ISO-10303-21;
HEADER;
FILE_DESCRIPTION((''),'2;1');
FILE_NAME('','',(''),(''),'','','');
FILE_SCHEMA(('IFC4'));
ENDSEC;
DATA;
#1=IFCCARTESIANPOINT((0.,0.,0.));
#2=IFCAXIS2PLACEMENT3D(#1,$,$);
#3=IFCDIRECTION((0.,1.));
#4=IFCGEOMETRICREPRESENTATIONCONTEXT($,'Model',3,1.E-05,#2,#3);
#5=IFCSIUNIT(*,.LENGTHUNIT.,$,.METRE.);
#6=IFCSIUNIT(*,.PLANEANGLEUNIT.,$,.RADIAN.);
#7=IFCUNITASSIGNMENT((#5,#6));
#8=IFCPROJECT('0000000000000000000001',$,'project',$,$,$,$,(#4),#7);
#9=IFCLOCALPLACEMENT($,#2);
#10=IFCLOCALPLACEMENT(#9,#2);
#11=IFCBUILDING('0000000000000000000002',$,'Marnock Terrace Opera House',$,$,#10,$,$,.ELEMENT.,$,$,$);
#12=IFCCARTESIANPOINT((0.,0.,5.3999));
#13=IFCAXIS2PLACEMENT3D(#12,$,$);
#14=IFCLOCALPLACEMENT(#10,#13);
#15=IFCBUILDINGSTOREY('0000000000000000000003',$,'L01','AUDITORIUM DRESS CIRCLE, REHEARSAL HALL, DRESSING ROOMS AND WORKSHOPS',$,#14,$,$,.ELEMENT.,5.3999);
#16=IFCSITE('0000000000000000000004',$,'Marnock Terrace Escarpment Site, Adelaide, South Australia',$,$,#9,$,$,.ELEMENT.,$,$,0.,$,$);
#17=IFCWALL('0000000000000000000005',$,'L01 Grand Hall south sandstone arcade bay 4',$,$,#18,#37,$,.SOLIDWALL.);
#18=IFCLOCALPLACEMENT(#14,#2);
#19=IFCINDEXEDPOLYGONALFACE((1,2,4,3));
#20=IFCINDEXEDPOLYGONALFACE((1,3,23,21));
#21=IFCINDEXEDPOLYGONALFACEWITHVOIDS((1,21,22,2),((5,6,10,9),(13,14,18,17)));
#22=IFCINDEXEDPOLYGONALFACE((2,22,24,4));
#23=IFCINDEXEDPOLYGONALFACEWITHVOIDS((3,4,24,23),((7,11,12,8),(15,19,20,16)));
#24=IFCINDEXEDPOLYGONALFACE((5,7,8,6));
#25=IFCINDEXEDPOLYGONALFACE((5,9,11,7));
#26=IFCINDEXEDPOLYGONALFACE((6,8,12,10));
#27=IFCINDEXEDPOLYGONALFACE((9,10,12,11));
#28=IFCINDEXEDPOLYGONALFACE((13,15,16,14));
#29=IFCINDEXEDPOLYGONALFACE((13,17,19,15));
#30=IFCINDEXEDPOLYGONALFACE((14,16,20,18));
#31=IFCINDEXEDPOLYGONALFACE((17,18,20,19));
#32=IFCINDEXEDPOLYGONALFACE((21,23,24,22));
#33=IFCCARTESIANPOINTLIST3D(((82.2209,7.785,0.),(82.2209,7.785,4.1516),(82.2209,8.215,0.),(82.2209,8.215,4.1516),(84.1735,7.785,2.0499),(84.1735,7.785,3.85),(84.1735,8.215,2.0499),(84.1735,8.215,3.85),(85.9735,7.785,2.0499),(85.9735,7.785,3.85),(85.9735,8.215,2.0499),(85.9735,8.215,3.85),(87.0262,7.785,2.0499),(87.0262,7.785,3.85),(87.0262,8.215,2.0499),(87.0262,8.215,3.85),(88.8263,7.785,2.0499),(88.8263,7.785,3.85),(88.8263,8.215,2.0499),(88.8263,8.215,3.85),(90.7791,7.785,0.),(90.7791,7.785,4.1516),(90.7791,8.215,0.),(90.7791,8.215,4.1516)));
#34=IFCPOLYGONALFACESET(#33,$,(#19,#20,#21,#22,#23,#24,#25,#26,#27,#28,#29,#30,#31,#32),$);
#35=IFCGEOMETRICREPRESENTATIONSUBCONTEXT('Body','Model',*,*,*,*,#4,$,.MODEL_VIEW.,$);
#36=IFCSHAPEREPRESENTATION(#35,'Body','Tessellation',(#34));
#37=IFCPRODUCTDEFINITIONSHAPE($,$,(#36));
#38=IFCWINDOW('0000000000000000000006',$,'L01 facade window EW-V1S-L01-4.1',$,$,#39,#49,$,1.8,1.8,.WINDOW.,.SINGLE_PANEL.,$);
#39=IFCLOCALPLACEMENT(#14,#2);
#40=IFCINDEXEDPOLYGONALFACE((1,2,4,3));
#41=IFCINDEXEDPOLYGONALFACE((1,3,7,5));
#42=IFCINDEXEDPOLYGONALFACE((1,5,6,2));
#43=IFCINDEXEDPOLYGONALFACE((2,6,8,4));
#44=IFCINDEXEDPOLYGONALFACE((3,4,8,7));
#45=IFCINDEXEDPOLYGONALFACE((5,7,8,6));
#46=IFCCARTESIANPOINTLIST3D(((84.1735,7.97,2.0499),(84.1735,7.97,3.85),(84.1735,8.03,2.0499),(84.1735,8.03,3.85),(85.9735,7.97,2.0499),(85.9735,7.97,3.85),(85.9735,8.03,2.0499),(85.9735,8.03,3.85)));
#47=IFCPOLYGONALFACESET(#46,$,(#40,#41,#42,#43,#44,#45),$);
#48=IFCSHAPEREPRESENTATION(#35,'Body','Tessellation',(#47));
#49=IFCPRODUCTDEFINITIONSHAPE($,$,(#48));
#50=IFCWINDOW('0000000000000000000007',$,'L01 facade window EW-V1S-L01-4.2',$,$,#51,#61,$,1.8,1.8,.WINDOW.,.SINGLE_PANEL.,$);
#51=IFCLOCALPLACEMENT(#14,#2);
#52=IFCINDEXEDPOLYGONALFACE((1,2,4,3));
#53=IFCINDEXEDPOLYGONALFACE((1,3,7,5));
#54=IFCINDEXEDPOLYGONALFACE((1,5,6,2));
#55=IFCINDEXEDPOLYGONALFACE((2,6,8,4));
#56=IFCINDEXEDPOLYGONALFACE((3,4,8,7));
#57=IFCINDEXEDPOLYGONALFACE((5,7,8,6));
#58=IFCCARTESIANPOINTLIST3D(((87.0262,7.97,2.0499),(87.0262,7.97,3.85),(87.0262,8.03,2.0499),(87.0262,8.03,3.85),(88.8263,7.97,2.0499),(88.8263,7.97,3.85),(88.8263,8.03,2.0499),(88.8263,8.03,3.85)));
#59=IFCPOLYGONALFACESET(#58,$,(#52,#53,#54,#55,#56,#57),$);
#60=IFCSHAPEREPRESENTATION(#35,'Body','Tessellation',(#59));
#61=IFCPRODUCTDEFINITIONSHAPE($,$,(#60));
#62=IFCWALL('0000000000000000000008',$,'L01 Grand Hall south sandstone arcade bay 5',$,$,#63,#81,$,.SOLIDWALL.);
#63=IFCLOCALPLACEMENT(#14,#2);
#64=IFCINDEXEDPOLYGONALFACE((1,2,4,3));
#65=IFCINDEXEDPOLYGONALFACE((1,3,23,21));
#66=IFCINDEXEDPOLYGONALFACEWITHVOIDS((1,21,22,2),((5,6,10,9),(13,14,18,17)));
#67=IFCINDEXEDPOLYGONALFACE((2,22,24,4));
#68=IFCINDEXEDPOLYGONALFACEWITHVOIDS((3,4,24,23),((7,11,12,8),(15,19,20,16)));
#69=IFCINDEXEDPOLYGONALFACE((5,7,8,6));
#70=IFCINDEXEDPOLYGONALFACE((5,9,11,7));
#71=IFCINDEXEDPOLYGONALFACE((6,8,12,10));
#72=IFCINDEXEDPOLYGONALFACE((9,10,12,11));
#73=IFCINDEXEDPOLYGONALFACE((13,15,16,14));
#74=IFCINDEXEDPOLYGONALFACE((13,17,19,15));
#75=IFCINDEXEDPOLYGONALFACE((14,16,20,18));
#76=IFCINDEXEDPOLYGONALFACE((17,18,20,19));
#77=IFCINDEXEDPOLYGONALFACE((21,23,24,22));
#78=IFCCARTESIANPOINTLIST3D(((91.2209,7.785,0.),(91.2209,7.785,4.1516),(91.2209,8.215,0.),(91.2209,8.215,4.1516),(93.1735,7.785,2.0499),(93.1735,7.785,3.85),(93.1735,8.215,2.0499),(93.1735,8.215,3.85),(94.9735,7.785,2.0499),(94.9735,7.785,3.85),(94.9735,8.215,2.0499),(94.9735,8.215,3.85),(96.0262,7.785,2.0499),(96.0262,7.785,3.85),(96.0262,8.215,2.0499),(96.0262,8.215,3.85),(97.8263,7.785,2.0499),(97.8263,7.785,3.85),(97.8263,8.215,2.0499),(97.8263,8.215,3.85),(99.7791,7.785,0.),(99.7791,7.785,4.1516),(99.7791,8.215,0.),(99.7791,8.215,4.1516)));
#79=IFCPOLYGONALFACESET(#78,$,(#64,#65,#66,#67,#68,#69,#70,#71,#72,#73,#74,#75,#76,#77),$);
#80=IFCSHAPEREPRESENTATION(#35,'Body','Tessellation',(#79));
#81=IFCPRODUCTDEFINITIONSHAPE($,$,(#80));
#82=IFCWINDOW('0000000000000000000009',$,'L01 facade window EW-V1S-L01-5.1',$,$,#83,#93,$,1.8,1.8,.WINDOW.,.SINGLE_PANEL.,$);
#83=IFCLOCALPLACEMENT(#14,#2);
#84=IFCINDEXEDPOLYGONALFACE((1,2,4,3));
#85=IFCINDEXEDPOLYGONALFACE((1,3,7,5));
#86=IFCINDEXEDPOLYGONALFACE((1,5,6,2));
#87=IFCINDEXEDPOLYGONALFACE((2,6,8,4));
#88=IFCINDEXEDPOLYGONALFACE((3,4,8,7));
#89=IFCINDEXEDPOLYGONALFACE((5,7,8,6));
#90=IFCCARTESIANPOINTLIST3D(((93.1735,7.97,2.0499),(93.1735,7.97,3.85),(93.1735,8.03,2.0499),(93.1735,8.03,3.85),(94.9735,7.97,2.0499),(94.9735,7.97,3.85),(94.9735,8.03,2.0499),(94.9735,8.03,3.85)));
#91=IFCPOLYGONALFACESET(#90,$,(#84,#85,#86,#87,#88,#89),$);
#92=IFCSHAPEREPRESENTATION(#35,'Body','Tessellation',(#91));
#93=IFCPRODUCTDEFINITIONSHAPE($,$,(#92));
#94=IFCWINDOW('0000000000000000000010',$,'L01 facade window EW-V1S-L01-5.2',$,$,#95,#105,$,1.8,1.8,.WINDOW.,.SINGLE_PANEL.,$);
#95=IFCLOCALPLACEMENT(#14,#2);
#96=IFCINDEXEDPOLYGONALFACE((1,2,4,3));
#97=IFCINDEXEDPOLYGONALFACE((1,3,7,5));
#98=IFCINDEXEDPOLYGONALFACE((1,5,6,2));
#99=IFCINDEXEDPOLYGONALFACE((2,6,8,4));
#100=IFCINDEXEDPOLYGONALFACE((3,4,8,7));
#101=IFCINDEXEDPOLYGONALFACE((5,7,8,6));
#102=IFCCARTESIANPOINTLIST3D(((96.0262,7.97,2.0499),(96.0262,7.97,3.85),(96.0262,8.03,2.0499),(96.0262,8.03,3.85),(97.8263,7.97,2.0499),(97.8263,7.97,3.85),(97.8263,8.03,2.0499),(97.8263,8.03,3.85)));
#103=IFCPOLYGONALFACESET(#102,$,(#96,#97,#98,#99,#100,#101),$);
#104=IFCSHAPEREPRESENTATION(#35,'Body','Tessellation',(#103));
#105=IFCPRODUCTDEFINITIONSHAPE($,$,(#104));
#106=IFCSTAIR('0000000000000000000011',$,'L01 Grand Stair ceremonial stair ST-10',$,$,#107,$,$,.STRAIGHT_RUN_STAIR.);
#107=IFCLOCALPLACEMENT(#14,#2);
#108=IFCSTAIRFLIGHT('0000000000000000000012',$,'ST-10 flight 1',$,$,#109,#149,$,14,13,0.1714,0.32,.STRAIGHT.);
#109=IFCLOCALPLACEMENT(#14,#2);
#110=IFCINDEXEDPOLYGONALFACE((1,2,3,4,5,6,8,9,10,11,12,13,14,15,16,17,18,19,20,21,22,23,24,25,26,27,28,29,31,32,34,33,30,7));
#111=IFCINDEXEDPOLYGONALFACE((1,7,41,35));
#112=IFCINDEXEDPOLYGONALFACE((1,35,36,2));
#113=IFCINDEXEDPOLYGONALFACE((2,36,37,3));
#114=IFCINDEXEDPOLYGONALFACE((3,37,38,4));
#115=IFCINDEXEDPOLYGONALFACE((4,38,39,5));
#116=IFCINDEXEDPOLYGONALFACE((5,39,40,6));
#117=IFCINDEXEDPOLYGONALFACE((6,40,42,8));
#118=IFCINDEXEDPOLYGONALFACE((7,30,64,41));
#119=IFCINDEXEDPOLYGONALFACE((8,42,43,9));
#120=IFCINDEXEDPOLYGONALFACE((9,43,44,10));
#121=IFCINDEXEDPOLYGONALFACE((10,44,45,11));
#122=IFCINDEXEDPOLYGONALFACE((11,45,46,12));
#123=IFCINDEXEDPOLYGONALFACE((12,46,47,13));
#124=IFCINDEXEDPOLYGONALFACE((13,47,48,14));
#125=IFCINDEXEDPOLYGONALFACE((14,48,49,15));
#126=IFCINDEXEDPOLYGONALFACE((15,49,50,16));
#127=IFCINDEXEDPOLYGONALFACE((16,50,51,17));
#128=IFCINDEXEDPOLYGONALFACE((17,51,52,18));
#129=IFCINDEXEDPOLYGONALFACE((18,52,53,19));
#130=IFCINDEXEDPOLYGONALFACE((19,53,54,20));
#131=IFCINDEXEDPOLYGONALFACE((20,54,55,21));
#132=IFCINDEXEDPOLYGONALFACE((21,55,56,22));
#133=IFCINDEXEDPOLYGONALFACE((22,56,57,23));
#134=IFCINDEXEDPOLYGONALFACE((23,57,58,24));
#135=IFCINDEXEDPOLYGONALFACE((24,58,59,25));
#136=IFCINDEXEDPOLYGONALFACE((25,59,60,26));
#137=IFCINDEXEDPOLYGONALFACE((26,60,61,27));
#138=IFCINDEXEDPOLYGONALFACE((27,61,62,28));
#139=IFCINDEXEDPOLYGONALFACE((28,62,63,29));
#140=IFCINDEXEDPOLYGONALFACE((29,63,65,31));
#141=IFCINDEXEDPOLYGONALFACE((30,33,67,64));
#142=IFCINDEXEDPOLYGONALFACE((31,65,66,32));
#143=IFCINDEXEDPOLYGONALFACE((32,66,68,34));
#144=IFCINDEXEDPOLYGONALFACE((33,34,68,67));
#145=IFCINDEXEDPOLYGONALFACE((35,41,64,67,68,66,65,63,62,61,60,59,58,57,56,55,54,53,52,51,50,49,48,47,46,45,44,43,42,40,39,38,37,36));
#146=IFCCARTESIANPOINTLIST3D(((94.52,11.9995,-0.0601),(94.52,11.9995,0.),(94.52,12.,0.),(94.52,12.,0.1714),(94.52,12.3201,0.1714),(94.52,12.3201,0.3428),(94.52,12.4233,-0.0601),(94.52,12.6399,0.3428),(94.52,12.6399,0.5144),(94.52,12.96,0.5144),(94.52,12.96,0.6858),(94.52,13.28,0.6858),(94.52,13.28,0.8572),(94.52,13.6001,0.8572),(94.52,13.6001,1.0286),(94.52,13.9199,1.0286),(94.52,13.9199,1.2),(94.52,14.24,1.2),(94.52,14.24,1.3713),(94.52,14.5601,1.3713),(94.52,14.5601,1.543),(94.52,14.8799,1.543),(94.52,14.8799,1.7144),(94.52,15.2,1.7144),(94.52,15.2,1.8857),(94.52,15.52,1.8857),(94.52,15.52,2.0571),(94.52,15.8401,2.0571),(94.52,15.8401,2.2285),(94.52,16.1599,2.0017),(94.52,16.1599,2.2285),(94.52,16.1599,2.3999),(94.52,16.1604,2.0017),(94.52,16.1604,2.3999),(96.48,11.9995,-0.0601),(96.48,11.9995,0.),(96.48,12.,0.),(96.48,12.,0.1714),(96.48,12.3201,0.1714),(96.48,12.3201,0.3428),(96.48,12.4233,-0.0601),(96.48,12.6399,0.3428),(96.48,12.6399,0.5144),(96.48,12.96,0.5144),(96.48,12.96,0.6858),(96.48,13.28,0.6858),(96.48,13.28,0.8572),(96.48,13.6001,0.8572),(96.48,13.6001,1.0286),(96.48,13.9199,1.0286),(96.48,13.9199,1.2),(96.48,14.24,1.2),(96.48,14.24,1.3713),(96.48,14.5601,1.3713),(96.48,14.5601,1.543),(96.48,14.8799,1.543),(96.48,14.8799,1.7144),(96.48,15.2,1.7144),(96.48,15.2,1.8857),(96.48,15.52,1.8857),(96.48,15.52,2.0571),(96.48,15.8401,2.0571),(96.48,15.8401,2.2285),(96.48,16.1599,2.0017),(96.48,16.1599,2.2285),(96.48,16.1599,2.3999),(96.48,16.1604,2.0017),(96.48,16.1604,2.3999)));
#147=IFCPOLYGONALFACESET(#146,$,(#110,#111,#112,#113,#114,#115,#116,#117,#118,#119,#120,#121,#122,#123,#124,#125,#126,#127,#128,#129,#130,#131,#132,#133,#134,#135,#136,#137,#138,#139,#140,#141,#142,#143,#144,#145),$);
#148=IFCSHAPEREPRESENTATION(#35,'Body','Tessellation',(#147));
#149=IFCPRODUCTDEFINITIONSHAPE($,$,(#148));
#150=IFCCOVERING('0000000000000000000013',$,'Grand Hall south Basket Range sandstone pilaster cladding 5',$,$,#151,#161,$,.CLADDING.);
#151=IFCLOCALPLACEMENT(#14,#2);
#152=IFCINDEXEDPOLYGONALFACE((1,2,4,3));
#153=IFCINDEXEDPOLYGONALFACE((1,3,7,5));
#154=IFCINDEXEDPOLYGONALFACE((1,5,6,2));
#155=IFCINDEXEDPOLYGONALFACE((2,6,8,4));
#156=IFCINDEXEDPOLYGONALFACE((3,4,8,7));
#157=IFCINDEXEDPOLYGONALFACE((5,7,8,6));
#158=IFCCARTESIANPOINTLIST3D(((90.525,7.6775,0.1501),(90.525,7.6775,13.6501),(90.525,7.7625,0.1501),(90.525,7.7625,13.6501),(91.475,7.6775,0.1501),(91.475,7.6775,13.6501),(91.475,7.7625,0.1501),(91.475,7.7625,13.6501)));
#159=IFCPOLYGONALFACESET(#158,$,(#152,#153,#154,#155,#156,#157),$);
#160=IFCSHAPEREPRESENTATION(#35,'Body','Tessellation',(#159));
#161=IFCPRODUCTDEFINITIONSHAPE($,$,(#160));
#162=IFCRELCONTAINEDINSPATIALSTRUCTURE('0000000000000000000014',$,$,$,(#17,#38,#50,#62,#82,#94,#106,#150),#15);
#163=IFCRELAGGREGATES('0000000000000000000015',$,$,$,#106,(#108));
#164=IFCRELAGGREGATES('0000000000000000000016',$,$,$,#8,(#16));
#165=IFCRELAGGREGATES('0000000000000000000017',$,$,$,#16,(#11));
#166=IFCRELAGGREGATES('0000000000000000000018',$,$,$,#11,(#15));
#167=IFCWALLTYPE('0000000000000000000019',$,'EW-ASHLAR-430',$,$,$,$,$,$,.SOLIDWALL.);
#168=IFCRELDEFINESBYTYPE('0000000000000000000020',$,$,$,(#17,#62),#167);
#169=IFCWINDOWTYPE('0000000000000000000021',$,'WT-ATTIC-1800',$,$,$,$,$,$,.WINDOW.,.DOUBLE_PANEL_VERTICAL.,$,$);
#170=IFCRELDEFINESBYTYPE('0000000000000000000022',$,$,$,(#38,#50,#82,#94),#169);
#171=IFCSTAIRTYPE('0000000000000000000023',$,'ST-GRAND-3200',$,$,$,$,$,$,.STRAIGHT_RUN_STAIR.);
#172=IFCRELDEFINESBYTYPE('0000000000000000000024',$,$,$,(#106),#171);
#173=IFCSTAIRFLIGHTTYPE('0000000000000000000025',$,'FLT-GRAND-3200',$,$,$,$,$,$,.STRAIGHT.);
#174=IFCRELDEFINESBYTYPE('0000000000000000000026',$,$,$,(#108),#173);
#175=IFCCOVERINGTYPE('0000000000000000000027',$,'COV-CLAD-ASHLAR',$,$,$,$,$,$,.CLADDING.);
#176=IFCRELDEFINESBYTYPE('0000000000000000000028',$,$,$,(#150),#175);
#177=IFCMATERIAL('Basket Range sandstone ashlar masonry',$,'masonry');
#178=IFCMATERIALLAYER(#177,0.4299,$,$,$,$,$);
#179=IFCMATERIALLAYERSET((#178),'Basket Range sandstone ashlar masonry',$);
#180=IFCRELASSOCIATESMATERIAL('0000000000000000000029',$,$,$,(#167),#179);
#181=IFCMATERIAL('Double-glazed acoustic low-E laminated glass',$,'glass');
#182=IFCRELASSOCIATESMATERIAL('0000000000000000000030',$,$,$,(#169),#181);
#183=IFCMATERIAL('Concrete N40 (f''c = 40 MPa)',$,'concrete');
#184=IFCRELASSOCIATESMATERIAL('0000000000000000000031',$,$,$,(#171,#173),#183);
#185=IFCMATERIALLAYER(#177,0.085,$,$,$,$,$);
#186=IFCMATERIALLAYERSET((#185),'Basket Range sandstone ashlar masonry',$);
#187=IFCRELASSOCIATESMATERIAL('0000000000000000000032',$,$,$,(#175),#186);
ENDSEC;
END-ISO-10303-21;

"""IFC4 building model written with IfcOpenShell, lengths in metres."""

from ifc_helpers import new_model, si_unit, direction, frame, frame_2d, origin, origin_2d, place, context, subcontext, project, spatial, polyline, rectangle, outline, extrude, material, layer, layer_set, type_object, element, fill, aggregate, save


model = new_model("IFC4")

# Units and contexts
model_context = context("Model", 3, precision=1e-05, world=origin(), true_north=direction((0.0, 1.0)))
body_context = subcontext(model_context, "Body", "Model", "MODEL_VIEW")
ifc_project = project(units=[si_unit("LENGTHUNIT", "METRE"), si_unit("PLANEANGLEUNIT", "RADIAN")], contexts=[model_context])

# Site, building, storey
site_placement = place(None, origin())
site = spatial("IfcSite", under=ifc_project, at=site_placement, Name="Marnock Terrace Escarpment Site, Adelaide, South Australia", CompositionType="ELEMENT", RefElevation=0.0)
building_placement = place(site_placement, origin())
building = spatial("IfcBuilding", under=site, at=building_placement, Name="Marnock Terrace Opera House", CompositionType="ELEMENT")
storey_placement = place(building_placement, frame((0.0, 0.0, 5.3999)))
storey = spatial("IfcBuildingStorey", under=building, at=storey_placement, Name="L01", Description="AUDITORIUM DRESS CIRCLE, REHEARSAL HALL, DRESSING ROOMS AND WORKSHOPS", CompositionType="ELEMENT", Elevation=5.3999)

# Shared definitions
ifc_material_1 = material(Name="Concrete N40 (f'c = 40 MPa)", Category="concrete")

# Walls, openings, windows
ifc_material_2 = material(Name="Basket Range sandstone ashlar masonry", Category="masonry")
ifc_layer_1 = layer(ifc_material_2, 0.4299)
ifc_layer_set_1 = layer_set([ifc_layer_1], Name="Basket Range sandstone ashlar masonry")
wall_type = type_object("IfcWallType", Name="EW-ASHLAR-430", PredefinedType="SOLIDWALL", material=ifc_layer_set_1)
wall_1_placement = place(storey_placement, frame((82.2209, 8.0, 0.0), z_axis=(0.0, 0.0, 1.0), x_axis=(1.0, 0.0, 0.0)))
wall_1 = element("IfcWall", 1, at=wall_1_placement, inside=storey, type_object=wall_type, Name="L01 Grand Hall south sandstone arcade bay 4", PredefinedType="SOLIDWALL", context=body_context, shape_type="SweptSolid", body=[
    extrude(rectangle(XDim=8.5581, YDim=0.4299, at=frame_2d((4.2791, 0.0))), origin(), (0.0, 0.0, 1.0), 4.1516),
])
opening_1_placement = place(wall_1_placement, frame((1.9526, 0.0, 2.05)))
opening_1 = element("IfcOpeningElement", 2, at=opening_1_placement, cuts=wall_1, PredefinedType="OPENING", context=body_context, shape_type="SweptSolid", body=[
    extrude(rectangle(XDim=1.8, YDim=1.8, at=frame_2d((0.8999, 0.8999))), frame((0.0, 0.2249, 0.0), z_axis=(0.0, -1.0, 0.0), x_axis=(1.0, 0.0, 0.0)), (0.0, 0.0, 1.0), 0.45),
])
opening_2_placement = place(wall_1_placement, frame((4.8054, 0.0, 2.05)))
opening_2 = element("IfcOpeningElement", 3, at=opening_2_placement, cuts=wall_1, PredefinedType="OPENING", context=body_context, shape_type="SweptSolid", body=[
    extrude(rectangle(XDim=1.8, YDim=1.8, at=frame_2d((0.8999, 0.8999))), frame((0.0, 0.2249, 0.0), z_axis=(0.0, -1.0, 0.0), x_axis=(1.0, 0.0, 0.0)), (0.0, 0.0, 1.0), 0.45),
])
ifc_material_3 = material(Name="Double-glazed acoustic low-E laminated glass", Category="glass")
window_type = type_object("IfcWindowType", Name="WT-ATTIC-1800", PartitioningType="DOUBLE_PANEL_VERTICAL", PredefinedType="WINDOW", material=ifc_material_3)
window_1_placement = place(opening_1_placement, origin())
window_1 = element("IfcWindow", 4, at=window_1_placement, inside=storey, type_object=window_type, Name="L01 facade window EW-V1S-L01-4.1", OverallHeight=1.8, OverallWidth=1.8, PartitioningType="SINGLE_PANEL", PredefinedType="WINDOW", context=body_context, shape_type="SweptSolid", body=[
    extrude(rectangle(XDim=1.8, YDim=1.8, at=frame_2d((0.8999, 0.8999))), frame((0.0, 0.03, 0.0), z_axis=(0.0, -1.0, 0.0), x_axis=(1.0, 0.0, 0.0)), (0.0, 0.0, 1.0), 0.0601),
])
fill(opening_1, window_1)
window_2_placement = place(opening_2_placement, origin())
window_2 = element("IfcWindow", 5, at=window_2_placement, inside=storey, type_object=window_type, Name="L01 facade window EW-V1S-L01-4.2", OverallHeight=1.8, OverallWidth=1.8, PartitioningType="SINGLE_PANEL", PredefinedType="WINDOW", context=body_context, shape_type="SweptSolid", body=[
    extrude(rectangle(XDim=1.8, YDim=1.8, at=frame_2d((0.8999, 0.8999))), frame((0.0, 0.03, 0.0), z_axis=(0.0, -1.0, 0.0), x_axis=(1.0, 0.0, 0.0)), (0.0, 0.0, 1.0), 0.0601),
])
fill(opening_2, window_2)
wall_2_placement = place(storey_placement, frame((91.2209, 8.0, 0.0), z_axis=(0.0, 0.0, 1.0), x_axis=(1.0, 0.0, 0.0)))
wall_2 = element("IfcWall", 6, at=wall_2_placement, inside=storey, type_object=wall_type, Name="L01 Grand Hall south sandstone arcade bay 5", PredefinedType="SOLIDWALL", context=body_context, shape_type="SweptSolid", body=[
    extrude(rectangle(XDim=8.5581, YDim=0.4299, at=frame_2d((4.2791, 0.0))), origin(), (0.0, 0.0, 1.0), 4.1516),
])
opening_3_placement = place(wall_2_placement, frame((1.9526, 0.0, 2.05)))
opening_3 = element("IfcOpeningElement", 7, at=opening_3_placement, cuts=wall_2, PredefinedType="OPENING", context=body_context, shape_type="SweptSolid", body=[
    extrude(rectangle(XDim=1.8, YDim=1.8, at=frame_2d((0.8999, 0.8999))), frame((0.0, 0.2249, 0.0), z_axis=(0.0, -1.0, 0.0), x_axis=(1.0, 0.0, 0.0)), (0.0, 0.0, 1.0), 0.45),
])
opening_4_placement = place(wall_2_placement, frame((4.8054, 0.0, 2.05)))
opening_4 = element("IfcOpeningElement", 8, at=opening_4_placement, cuts=wall_2, PredefinedType="OPENING", context=body_context, shape_type="SweptSolid", body=[
    extrude(rectangle(XDim=1.8, YDim=1.8, at=frame_2d((0.8999, 0.8999))), frame((0.0, 0.2249, 0.0), z_axis=(0.0, -1.0, 0.0), x_axis=(1.0, 0.0, 0.0)), (0.0, 0.0, 1.0), 0.45),
])
window_3_placement = place(opening_3_placement, origin())
window_3 = element("IfcWindow", 9, at=window_3_placement, inside=storey, type_object=window_type, Name="L01 facade window EW-V1S-L01-5.1", OverallHeight=1.8, OverallWidth=1.8, PartitioningType="SINGLE_PANEL", PredefinedType="WINDOW", context=body_context, shape_type="SweptSolid", body=[
    extrude(rectangle(XDim=1.8, YDim=1.8, at=frame_2d((0.8999, 0.8999))), frame((0.0, 0.03, 0.0), z_axis=(0.0, -1.0, 0.0), x_axis=(1.0, 0.0, 0.0)), (0.0, 0.0, 1.0), 0.0601),
])
fill(opening_3, window_3)
window_4_placement = place(opening_4_placement, origin())
window_4 = element("IfcWindow", 10, at=window_4_placement, inside=storey, type_object=window_type, Name="L01 facade window EW-V1S-L01-5.2", OverallHeight=1.8, OverallWidth=1.8, PartitioningType="SINGLE_PANEL", PredefinedType="WINDOW", context=body_context, shape_type="SweptSolid", body=[
    extrude(rectangle(XDim=1.8, YDim=1.8, at=frame_2d((0.8999, 0.8999))), frame((0.0, 0.03, 0.0), z_axis=(0.0, -1.0, 0.0), x_axis=(1.0, 0.0, 0.0)), (0.0, 0.0, 1.0), 0.0601),
])
fill(opening_4, window_4)

# Stair, stair flight
stair_type = type_object("IfcStairType", Name="ST-GRAND-3200", PredefinedType="STRAIGHT_RUN_STAIR", material=ifc_material_1)
stair_placement = place(storey_placement, origin())
stair = element("IfcStair", 11, at=stair_placement, inside=storey, type_object=stair_type, Name="L01 Grand Stair ceremonial stair ST-10", PredefinedType="STRAIGHT_RUN_STAIR")
stair_flight_type = type_object("IfcStairFlightType", Name="FLT-GRAND-3200", PredefinedType="STRAIGHT", material=ifc_material_1)
stair_flight_placement = place(storey_placement, frame((95.5, 12.0, 0.0), z_axis=(0.0, 0.0, 1.0), x_axis=(0.0, 1.0, 0.0)))
stair_flight = element("IfcStairFlight", 12, at=stair_flight_placement, type_object=stair_flight_type, Name="ST-10 flight 1", NumberOfRisers=14, NumberOfTreads=13, PredefinedType="STRAIGHT", RiserHeight=0.1714, TreadLength=0.32, context=body_context, shape_type="SweptSolid", body=[
    extrude(outline(polyline([(-0.0005, -0.0601), (-0.0005, 0.0), (0.0, 0.0), (0.0, 0.1714), (0.3201, 0.1714), (0.3201, 0.3428), (0.6399, 0.3428), (0.6399, 0.5144), (0.96, 0.5144), (0.96, 0.6858), (1.28, 0.6858), (1.28, 0.8572), (1.6001, 0.8572), (1.6001, 1.0286), (1.9199, 1.0286), (1.9199, 1.2), (2.24, 1.2), (2.24, 1.3713), (2.5601, 1.3713), (2.5601, 1.543), (2.8799, 1.543), (2.8799, 1.7144), (3.2, 1.7144), (3.2, 1.8857), (3.52, 1.8857), (3.52, 2.0571), (3.8401, 2.0571), (3.8401, 2.2285), (4.1599, 2.2285), (4.1599, 2.3999), (4.1604, 2.3999), (4.1604, 2.0017), (4.1599, 2.0017), (0.4233, -0.0601), (-0.0005, -0.0601)])), frame((0.0, 0.98, 0.0), z_axis=(0.0, -1.0, 0.0), x_axis=(1.0, 0.0, 0.0)), (0.0, 0.0, 1.0), 1.96),
])
aggregate(stair, [stair_flight])

# Covering
ifc_layer_2 = layer(ifc_material_2, 0.085)
ifc_layer_set_2 = layer_set([ifc_layer_2], Name="Basket Range sandstone ashlar masonry")
covering_type = type_object("IfcCoveringType", Name="COV-CLAD-ASHLAR", PredefinedType="CLADDING", material=ifc_layer_set_2)
covering_placement = place(storey_placement, frame((91.0, 7.72, 0.1501), z_axis=(0.0, 0.0, 1.0), x_axis=(1.0, 0.0, 0.0)))
element("IfcCovering", 13, at=covering_placement, inside=storey, type_object=covering_type, Name="Grand Hall south Basket Range sandstone pilaster cladding 5", PredefinedType="CLADDING", context=body_context, shape_type="SweptSolid", body=[
    extrude(rectangle(XDim=0.95, YDim=0.085, at=origin_2d()), origin(), (0.0, 0.0, 1.0), 13.5),
])

save(model, "model.ifc")
